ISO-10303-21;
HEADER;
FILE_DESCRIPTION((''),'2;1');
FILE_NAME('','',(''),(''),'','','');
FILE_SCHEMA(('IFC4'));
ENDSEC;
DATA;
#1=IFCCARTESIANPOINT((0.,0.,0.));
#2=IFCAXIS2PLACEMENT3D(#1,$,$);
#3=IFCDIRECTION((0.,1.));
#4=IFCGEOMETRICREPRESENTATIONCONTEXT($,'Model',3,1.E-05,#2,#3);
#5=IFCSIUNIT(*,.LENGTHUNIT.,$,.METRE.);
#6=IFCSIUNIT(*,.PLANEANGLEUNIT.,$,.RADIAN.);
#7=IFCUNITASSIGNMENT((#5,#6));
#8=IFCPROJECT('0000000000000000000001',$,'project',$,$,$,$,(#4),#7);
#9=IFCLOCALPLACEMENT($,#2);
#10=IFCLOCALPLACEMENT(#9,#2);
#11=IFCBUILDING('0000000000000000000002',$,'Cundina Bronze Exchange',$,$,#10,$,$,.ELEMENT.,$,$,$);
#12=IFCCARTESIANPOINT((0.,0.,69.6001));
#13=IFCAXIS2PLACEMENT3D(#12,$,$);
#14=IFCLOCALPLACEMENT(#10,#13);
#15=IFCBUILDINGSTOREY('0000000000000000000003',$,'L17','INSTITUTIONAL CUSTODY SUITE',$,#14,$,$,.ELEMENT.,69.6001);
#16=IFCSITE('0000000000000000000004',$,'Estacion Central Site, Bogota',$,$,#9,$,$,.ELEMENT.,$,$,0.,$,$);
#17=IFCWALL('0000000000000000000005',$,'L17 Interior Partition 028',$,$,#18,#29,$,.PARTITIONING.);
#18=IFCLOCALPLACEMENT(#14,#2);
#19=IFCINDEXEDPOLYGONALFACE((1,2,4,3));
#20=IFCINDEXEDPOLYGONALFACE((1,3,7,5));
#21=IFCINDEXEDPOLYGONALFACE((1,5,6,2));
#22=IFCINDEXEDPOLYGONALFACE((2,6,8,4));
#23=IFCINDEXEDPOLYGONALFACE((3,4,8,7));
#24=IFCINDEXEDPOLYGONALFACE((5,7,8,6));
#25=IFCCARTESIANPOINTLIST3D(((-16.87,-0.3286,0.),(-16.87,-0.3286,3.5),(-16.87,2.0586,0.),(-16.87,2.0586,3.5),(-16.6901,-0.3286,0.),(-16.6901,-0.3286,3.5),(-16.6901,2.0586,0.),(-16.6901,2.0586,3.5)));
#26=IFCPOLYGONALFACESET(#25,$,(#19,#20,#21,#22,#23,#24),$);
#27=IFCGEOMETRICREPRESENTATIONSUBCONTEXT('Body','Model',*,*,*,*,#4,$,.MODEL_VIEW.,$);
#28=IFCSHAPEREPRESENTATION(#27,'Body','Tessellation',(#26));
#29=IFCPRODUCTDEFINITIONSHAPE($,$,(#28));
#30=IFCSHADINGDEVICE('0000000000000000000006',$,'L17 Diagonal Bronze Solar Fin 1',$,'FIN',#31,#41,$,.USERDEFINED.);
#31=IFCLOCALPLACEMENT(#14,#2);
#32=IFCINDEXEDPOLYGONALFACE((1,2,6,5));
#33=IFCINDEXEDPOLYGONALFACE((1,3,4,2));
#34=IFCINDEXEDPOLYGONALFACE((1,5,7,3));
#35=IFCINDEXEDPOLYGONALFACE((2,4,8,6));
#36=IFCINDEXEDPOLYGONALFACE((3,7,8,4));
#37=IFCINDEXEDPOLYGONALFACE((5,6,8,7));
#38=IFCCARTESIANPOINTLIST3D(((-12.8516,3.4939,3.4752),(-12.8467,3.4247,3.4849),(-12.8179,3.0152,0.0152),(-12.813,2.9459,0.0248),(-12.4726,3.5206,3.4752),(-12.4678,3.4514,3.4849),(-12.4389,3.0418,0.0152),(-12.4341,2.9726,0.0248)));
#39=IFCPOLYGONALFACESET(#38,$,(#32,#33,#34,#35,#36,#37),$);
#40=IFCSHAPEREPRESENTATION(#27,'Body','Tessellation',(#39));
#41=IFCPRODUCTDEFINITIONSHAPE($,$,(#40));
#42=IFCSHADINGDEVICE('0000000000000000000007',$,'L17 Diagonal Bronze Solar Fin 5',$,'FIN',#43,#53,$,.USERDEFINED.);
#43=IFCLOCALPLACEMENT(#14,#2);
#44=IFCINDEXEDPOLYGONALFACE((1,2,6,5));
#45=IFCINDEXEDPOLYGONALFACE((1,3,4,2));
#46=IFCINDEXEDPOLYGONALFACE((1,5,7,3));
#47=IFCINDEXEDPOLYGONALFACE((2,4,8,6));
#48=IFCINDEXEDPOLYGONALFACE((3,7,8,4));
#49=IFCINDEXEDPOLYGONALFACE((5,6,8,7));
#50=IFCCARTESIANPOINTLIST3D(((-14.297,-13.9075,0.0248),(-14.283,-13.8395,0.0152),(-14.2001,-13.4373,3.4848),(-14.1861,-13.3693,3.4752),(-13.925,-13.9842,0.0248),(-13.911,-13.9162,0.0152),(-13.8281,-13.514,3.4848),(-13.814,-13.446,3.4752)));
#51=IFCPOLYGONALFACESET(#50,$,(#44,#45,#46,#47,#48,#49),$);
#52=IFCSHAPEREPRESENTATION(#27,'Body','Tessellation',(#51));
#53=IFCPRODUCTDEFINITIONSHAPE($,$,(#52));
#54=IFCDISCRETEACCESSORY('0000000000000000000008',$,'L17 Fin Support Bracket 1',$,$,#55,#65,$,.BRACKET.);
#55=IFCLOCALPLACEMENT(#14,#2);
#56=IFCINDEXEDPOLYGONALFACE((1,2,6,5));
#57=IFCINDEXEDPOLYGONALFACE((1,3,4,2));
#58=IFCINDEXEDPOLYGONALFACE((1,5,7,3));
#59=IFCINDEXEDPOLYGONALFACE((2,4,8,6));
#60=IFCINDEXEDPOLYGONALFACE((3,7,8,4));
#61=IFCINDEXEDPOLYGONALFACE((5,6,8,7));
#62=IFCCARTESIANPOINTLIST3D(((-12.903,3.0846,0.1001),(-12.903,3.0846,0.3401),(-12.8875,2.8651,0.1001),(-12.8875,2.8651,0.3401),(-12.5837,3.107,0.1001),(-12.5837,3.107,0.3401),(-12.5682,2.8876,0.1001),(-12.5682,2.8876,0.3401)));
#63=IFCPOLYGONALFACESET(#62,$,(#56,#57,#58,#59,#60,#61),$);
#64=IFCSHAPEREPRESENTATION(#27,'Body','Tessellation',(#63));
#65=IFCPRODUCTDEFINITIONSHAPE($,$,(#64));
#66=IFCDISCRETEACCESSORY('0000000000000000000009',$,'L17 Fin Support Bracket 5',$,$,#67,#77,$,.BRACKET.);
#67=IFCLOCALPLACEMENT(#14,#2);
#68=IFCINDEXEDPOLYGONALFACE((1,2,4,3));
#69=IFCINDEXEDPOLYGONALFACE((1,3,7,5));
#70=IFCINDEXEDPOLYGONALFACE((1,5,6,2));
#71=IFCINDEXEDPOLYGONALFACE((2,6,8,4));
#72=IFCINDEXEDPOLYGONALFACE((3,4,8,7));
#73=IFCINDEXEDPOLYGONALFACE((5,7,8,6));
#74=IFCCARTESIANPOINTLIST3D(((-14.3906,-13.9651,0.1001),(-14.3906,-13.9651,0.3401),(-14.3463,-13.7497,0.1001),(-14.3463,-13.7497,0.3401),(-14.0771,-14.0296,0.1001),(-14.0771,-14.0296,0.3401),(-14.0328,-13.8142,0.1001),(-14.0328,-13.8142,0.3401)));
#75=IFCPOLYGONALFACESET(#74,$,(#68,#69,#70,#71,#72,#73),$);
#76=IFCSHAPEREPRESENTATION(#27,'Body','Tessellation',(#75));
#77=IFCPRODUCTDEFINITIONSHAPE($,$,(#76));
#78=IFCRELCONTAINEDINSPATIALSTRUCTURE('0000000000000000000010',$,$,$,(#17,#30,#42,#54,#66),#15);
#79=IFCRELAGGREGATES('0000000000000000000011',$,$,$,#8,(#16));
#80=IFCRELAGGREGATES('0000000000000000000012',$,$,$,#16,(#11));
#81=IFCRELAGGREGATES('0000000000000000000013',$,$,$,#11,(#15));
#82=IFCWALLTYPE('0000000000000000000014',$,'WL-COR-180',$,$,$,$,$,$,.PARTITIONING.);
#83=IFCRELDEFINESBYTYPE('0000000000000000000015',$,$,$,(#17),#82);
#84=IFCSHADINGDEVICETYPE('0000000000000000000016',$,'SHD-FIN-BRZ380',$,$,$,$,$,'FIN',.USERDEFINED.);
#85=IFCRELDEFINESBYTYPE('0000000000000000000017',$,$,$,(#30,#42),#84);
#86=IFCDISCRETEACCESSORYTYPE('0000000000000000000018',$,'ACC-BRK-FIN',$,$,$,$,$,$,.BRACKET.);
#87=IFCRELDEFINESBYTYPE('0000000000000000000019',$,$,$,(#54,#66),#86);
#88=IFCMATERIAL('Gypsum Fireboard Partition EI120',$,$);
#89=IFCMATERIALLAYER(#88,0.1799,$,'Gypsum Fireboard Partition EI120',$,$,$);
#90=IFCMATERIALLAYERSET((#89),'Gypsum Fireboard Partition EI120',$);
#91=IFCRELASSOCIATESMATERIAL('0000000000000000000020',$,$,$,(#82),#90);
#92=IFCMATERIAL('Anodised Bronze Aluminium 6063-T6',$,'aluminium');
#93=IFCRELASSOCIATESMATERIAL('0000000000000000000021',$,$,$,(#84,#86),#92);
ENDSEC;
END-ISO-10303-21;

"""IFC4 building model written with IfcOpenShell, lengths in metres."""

from ifc_helpers import new_model, si_unit, direction, frame, frame_2d, origin, origin_2d, place, context, subcontext, project, spatial, rectangle, extrude, material, layer, layer_set, material_profile, profile_set, type_object, element, save


model = new_model("IFC4")

# Units and contexts
model_context = context("Model", 3, precision=1e-05, world=origin(), true_north=direction((0.0, 1.0)))
body_context = subcontext(model_context, "Body", "Model", "MODEL_VIEW")
ifc_project = project(units=[si_unit("LENGTHUNIT", "METRE"), si_unit("PLANEANGLEUNIT", "RADIAN")], contexts=[model_context])

# Site, building, storey
site_placement = place(None, origin())
site = spatial("IfcSite", under=ifc_project, at=site_placement, Name="Estacion Central Site, Bogota", CompositionType="ELEMENT", RefElevation=0.0)
building_placement = place(site_placement, origin())
building = spatial("IfcBuilding", under=site, at=building_placement, Name="Cundina Bronze Exchange", CompositionType="ELEMENT")
storey_placement = place(building_placement, frame((0.0, 0.0, 69.6001)))
storey = spatial("IfcBuildingStorey", under=building, at=storey_placement, Name="L17", Description="INSTITUTIONAL CUSTODY SUITE", CompositionType="ELEMENT", Elevation=69.6001)

# Shared definitions
ifc_material_1 = material(Name="Anodised Bronze Aluminium 6063-T6", Category="aluminium")

# Wall
ifc_material_2 = material(Name="Gypsum Fireboard Partition EI120")
ifc_layer_1 = layer(ifc_material_2, 0.1799, Name="Gypsum Fireboard Partition EI120")
ifc_layer_set_1 = layer_set([ifc_layer_1], Name="Gypsum Fireboard Partition EI120")
wall_type = type_object("IfcWallType", Name="WL-COR-180", PredefinedType="PARTITIONING", material=ifc_layer_set_1)
wall_1_placement = place(storey_placement, frame((-16.78, -0.3286, 0.0), z_axis=(0.0, 0.0, 1.0), x_axis=(0.0, 1.0, 0.0)))
element("IfcWall", 1, at=wall_1_placement, inside=storey, type_object=wall_type, Name="L17 Interior Partition 028", PredefinedType="PARTITIONING", context=body_context, shape_type="SweptSolid", body=[
    extrude(rectangle(XDim=2.3872, YDim=0.1799, at=frame_2d((1.1936, 0.0))), origin(), (0.0, 0.0, 1.0), 3.5),
])

# Shading devices
ifc_material_profile_1 = material_profile(ifc_material_1, rectangle(XDim=0.0701, YDim=0.3799, at=origin_2d()), Name="FIN70X380", Category="aluminium")
ifc_profile_set_1 = profile_set([ifc_material_profile_1], Name="Anodised Bronze Aluminium 6063-T6")
shading_device_type = type_object("IfcShadingDeviceType", Name="SHD-FIN-BRZ380", ElementType="FIN", PredefinedType="USERDEFINED", material=ifc_profile_set_1)
for number, where, z_axis, x_axis, name in (
    (2, (-12.626, 2.9939, 0.02), (-0.009645, 0.137059, 0.990516), (0.069533, -0.988072, 0.137398), "L17 Diagonal Bronze Solar Fin 1"),
    (3, (-14.104, -13.9119, 0.02), (0.027747, 0.134612, 0.99051), (-0.199967, -0.970115, 0.137442), "L17 Diagonal Bronze Solar Fin 5"),
):
    element("IfcShadingDevice", number, at=place(storey_placement, frame(where, z_axis=z_axis, x_axis=x_axis)), inside=storey, type_object=shading_device_type, Name=name, ObjectType="FIN", PredefinedType="USERDEFINED", context=body_context, shape_type="SweptSolid", body=[
        extrude(rectangle(XDim=0.0701, YDim=0.3799, at=origin_2d()), origin(), (0.0, 0.0, 1.0), 3.4932),
    ])

# Discrete accessories
discrete_accessory_type = type_object("IfcDiscreteAccessoryType", Name="ACC-BRK-FIN", PredefinedType="BRACKET", material=ifc_material_1)
for number, where, z_axis, x_axis, name in (
    (4, (-12.7356, 2.9861, 0.1001), (0.0, 0.0, 1.0), (-0.070279, 0.997527, 0.0), "L17 Fin Support Bracket 1"),
    (5, (-14.2117, -13.8896, 0.1001), (0.0, 0.0, 1.0), (0.20142, 0.979505, 0.0), "L17 Fin Support Bracket 5"),
):
    element("IfcDiscreteAccessory", number, at=place(storey_placement, frame(where, z_axis=z_axis, x_axis=x_axis)), inside=storey, type_object=discrete_accessory_type, Name=name, PredefinedType="BRACKET", context=body_context, shape_type="SweptSolid", body=[
        extrude(rectangle(XDim=0.22, YDim=0.3201, at=origin_2d()), origin(), (0.0, 0.0, 1.0), 0.24),
    ])

save(model, "model.ifc")
